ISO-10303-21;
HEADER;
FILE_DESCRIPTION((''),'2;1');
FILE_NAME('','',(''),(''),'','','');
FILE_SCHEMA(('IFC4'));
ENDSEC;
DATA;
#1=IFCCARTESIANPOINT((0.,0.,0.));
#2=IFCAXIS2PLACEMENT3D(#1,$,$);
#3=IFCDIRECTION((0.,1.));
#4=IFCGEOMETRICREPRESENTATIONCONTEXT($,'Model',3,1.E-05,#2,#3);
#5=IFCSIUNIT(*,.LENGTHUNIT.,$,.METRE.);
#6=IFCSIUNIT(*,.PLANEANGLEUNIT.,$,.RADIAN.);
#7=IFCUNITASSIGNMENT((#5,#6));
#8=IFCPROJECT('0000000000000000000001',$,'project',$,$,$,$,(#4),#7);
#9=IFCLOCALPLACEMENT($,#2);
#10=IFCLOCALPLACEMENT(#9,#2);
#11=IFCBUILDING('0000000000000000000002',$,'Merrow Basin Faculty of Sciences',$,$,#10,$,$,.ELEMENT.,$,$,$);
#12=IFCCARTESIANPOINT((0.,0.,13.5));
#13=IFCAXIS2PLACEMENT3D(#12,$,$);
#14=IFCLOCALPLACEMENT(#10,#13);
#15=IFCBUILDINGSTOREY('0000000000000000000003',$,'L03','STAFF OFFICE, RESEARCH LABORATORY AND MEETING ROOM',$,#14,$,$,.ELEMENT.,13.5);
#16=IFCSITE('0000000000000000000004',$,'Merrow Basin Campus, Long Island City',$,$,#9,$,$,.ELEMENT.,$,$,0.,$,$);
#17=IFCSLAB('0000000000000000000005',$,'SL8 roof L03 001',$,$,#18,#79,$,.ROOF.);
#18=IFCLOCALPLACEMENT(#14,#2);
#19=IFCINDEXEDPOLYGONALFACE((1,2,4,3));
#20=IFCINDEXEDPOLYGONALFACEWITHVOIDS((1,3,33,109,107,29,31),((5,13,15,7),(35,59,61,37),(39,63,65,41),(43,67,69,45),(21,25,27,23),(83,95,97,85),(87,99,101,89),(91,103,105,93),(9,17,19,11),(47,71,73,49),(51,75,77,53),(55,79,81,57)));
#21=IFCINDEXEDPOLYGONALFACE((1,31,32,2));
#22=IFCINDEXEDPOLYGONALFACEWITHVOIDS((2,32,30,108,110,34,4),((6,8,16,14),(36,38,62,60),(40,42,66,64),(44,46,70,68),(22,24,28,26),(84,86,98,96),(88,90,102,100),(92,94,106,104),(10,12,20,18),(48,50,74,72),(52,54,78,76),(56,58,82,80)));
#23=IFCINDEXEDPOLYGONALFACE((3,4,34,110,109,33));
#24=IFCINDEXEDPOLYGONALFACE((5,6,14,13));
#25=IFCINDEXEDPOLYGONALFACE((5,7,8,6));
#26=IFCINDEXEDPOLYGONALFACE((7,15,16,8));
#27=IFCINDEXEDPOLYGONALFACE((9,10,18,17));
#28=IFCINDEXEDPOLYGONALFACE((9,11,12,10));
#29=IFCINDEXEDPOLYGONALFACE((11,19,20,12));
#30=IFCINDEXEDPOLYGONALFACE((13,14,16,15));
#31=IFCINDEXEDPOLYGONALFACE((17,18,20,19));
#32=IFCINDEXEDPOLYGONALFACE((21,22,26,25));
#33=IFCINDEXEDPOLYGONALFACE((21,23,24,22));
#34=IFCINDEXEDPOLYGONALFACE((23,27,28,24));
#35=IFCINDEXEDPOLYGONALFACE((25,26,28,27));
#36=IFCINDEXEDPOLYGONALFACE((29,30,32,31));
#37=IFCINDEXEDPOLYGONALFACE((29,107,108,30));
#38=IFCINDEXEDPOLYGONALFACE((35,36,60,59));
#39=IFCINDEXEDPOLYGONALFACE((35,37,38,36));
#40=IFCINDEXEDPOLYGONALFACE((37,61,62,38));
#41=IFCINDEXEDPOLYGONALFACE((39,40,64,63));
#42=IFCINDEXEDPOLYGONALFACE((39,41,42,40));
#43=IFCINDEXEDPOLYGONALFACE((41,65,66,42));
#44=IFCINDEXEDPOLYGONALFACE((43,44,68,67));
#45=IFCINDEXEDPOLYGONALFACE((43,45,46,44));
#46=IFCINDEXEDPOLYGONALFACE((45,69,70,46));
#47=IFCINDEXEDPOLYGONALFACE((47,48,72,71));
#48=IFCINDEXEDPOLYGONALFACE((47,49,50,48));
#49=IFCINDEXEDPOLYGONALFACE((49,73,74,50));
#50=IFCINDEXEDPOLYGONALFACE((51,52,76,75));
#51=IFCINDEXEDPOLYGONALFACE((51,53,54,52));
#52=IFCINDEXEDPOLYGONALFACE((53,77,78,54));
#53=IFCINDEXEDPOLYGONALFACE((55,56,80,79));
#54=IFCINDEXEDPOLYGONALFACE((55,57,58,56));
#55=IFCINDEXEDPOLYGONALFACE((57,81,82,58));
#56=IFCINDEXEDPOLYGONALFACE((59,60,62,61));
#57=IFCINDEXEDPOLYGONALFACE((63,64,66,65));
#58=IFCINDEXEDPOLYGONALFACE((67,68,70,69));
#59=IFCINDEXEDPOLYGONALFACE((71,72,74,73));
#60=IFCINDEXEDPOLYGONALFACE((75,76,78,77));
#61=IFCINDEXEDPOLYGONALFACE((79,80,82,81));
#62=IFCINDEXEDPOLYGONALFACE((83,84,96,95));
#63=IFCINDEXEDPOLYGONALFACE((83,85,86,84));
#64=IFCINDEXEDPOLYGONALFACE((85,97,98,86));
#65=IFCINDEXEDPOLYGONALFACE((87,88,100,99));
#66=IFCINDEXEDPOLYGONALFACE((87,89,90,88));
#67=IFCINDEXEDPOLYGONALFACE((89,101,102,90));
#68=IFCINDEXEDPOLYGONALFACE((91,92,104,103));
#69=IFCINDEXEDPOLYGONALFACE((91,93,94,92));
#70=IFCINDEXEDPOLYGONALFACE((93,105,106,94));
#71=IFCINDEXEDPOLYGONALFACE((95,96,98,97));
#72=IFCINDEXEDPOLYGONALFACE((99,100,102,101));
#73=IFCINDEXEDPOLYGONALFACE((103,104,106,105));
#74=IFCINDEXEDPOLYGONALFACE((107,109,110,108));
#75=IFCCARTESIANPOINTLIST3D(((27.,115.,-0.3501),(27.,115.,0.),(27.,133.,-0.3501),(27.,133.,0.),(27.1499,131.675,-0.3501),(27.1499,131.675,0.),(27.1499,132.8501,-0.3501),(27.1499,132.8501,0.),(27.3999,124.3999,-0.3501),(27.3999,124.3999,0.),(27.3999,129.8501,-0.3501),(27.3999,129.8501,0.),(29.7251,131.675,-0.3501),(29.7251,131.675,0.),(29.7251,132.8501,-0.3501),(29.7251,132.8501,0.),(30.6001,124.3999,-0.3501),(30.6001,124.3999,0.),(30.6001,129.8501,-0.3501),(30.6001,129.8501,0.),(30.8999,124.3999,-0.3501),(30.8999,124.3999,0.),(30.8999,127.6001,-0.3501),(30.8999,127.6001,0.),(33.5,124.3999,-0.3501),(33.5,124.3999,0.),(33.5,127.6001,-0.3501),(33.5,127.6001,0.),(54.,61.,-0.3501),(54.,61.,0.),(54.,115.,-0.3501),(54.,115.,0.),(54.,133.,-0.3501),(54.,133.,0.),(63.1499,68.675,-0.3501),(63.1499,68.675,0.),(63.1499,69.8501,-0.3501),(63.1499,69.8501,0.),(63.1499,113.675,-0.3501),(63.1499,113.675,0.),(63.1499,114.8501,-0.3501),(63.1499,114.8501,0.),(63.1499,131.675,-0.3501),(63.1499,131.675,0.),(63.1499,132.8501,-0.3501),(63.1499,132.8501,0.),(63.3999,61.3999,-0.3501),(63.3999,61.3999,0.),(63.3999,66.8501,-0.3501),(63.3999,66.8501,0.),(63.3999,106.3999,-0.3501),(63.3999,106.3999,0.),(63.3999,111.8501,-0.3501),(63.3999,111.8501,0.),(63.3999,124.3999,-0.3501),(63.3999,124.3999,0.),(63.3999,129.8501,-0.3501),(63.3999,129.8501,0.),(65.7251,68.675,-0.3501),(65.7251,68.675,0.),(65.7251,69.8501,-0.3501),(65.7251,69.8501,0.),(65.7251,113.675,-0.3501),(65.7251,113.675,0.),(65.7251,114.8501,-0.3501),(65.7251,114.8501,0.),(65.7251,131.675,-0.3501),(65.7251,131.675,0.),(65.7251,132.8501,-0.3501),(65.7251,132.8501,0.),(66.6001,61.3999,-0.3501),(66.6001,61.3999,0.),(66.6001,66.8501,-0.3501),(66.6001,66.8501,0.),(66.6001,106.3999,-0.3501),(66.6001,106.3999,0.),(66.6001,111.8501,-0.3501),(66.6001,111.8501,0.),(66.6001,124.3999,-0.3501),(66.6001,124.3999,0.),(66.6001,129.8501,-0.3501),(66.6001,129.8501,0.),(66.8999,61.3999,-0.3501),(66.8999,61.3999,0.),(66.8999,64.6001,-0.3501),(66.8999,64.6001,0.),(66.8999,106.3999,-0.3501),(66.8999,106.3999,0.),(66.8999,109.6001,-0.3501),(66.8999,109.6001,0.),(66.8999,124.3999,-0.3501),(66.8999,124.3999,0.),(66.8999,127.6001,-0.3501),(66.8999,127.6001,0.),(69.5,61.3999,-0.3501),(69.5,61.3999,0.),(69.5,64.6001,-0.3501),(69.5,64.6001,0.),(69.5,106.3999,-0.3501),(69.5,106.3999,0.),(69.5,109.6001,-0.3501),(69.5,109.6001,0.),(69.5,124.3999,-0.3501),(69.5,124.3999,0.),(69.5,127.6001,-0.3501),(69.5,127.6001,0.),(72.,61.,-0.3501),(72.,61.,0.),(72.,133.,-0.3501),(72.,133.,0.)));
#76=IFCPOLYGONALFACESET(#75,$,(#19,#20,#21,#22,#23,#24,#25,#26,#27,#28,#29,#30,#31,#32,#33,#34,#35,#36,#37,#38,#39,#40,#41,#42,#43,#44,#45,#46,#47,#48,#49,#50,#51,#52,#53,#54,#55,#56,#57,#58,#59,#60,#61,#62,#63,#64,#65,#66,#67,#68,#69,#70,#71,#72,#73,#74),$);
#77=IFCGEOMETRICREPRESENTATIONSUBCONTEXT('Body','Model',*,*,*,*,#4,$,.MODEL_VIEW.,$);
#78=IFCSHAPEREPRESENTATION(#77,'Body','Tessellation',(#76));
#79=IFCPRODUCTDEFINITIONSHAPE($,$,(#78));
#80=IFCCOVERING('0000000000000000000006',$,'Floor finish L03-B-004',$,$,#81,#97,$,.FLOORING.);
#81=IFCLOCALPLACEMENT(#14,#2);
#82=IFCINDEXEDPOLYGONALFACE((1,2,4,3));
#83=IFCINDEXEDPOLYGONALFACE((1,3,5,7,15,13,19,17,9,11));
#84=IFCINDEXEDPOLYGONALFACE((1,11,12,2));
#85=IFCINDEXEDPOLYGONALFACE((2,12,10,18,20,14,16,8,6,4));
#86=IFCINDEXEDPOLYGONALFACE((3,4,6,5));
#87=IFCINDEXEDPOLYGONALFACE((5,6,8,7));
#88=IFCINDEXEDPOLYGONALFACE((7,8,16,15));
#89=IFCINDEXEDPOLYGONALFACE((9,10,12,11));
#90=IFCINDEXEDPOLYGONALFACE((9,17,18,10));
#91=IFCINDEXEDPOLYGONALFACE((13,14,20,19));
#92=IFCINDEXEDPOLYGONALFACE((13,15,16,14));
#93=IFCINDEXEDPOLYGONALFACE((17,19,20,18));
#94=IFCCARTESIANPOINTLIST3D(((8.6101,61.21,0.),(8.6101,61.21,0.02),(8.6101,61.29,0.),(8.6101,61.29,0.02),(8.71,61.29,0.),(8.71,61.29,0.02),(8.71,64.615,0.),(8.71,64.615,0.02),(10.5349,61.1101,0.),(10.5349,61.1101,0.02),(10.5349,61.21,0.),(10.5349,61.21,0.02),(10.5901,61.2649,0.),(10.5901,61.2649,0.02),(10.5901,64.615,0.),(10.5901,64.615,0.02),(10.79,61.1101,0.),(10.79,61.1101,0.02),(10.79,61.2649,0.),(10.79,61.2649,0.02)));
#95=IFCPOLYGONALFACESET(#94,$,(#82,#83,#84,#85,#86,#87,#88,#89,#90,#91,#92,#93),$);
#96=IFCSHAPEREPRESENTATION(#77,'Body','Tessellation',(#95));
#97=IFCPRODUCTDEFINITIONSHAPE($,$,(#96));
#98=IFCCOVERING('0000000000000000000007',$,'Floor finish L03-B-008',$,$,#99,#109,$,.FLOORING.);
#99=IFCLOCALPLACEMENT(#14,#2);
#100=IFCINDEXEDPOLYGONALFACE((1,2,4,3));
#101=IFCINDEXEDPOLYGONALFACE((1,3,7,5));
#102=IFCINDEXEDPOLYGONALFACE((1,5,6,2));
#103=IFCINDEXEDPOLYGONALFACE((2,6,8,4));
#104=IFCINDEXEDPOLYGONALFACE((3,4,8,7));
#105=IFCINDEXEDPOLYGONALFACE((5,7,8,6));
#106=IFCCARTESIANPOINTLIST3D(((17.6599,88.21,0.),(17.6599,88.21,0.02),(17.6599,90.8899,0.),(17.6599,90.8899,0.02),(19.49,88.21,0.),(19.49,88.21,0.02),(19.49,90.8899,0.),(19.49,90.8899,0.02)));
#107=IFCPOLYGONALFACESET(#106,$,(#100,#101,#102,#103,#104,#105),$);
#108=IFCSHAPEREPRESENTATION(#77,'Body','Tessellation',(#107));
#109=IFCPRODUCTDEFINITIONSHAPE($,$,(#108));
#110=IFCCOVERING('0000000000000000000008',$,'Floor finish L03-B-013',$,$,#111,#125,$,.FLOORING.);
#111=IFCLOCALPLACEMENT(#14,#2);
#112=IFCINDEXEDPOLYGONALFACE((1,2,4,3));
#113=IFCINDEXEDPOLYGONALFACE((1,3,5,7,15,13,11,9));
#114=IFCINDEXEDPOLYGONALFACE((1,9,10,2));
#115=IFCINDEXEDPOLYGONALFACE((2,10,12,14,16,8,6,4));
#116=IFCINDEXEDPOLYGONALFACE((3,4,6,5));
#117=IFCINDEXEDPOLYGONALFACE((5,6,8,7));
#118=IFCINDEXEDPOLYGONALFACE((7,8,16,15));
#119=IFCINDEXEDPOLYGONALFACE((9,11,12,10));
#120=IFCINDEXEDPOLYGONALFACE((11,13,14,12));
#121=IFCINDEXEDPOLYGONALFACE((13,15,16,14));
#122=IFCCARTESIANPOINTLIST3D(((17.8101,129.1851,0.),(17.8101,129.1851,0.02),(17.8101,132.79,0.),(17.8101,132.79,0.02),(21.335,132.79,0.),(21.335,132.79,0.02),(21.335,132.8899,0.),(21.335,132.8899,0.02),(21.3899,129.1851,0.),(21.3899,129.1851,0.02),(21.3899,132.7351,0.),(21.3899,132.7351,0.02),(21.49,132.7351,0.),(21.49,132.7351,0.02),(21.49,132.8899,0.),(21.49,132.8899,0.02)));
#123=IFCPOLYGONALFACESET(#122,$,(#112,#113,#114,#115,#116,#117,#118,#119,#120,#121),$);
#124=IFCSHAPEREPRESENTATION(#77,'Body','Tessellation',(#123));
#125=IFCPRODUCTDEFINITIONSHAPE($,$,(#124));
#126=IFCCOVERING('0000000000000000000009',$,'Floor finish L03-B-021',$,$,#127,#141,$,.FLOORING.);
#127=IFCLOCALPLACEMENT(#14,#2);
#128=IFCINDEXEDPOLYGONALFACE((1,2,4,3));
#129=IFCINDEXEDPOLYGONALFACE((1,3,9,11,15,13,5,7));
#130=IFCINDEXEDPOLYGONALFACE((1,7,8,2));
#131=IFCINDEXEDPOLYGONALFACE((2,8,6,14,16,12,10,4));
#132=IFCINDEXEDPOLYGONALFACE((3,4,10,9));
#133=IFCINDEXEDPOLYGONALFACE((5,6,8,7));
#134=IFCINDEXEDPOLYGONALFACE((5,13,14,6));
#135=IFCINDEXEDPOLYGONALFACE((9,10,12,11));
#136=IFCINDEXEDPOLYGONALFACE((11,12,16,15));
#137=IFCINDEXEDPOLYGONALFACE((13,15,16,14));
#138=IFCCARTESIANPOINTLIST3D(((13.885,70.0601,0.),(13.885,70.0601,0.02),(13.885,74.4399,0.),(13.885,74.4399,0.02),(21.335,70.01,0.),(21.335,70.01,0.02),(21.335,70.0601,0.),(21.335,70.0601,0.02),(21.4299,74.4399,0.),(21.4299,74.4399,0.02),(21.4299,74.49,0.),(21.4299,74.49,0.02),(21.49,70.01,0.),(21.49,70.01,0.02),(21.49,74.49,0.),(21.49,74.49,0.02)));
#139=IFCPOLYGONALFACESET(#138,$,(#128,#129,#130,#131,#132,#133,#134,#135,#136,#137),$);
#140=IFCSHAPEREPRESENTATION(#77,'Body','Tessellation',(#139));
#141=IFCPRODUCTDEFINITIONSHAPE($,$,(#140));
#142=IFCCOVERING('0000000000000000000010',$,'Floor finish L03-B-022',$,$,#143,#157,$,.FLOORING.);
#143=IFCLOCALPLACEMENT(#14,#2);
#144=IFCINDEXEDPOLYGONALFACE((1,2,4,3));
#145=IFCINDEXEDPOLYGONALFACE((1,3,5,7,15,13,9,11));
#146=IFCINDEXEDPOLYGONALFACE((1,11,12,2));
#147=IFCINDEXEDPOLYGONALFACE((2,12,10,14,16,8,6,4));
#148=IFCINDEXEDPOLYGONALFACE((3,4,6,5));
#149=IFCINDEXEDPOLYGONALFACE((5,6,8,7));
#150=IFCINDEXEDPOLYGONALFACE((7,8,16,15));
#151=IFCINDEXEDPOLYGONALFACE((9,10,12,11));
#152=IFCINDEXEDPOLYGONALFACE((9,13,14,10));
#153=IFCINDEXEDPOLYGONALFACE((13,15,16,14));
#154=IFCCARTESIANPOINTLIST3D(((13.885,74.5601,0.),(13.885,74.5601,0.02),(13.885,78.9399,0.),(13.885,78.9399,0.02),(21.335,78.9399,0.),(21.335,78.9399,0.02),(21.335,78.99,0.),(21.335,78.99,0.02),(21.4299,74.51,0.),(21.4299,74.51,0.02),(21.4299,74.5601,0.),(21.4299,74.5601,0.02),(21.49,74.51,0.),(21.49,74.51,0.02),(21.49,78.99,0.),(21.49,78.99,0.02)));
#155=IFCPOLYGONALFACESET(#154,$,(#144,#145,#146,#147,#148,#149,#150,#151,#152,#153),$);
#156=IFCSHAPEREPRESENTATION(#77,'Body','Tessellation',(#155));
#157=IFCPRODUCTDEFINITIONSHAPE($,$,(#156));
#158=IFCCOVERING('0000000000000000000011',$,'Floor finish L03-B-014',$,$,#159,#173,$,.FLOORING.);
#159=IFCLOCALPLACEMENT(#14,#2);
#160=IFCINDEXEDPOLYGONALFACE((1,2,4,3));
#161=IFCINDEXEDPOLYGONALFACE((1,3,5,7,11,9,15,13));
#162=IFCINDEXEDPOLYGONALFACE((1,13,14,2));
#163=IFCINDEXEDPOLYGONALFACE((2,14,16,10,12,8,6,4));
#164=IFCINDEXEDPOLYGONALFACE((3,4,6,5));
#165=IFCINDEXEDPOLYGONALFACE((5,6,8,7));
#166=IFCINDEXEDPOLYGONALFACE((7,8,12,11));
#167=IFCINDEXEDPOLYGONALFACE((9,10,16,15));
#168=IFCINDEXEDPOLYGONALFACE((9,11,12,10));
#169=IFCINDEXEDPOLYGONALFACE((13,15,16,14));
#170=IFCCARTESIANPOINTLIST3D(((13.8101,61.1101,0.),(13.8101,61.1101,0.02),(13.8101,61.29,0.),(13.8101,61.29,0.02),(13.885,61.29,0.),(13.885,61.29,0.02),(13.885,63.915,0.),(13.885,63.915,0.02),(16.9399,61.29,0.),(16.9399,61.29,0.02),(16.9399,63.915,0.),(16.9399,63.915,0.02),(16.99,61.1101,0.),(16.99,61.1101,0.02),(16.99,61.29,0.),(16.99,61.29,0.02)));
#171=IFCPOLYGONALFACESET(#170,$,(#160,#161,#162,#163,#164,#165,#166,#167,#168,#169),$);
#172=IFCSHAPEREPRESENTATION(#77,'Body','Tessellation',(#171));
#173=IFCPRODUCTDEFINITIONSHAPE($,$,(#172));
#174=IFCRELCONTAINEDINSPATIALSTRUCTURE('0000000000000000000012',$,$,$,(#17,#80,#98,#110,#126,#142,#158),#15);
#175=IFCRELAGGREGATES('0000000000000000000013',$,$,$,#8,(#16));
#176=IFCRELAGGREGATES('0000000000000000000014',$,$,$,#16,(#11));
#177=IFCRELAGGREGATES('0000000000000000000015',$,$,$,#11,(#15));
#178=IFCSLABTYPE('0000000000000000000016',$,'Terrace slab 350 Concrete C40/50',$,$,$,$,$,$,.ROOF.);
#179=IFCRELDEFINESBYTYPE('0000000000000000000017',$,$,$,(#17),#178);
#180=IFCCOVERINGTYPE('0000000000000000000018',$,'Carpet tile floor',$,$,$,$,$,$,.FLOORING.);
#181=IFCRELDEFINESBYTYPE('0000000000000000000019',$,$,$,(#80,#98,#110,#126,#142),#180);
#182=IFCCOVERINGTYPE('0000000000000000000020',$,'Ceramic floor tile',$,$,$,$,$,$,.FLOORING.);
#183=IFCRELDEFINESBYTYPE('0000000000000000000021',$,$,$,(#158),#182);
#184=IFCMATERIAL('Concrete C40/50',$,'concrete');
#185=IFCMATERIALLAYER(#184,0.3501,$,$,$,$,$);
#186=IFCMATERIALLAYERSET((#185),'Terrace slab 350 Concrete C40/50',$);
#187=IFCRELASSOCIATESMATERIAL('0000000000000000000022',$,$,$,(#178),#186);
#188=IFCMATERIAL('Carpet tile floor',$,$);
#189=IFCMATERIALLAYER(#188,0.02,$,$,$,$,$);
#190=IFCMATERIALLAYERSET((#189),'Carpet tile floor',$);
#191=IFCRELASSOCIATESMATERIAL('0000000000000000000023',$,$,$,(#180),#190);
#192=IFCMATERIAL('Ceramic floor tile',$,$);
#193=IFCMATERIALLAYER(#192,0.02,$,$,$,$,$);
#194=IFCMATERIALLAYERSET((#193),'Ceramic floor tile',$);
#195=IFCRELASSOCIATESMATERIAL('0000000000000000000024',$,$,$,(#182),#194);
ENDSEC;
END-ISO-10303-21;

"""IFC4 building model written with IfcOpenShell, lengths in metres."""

from ifc_helpers import new_model, si_unit, direction, frame, origin, place, context, subcontext, project, spatial, polyline, outline, extrude, material, layer, layer_set, type_object, element, save


model = new_model("IFC4")

# Units and contexts
model_context = context("Model", 3, precision=1e-05, world=origin(), true_north=direction((0.0, 1.0)))
body_context = subcontext(model_context, "Body", "Model", "MODEL_VIEW")
ifc_project = project(units=[si_unit("LENGTHUNIT", "METRE"), si_unit("PLANEANGLEUNIT", "RADIAN")], contexts=[model_context])

# Site, building, storey
site_placement = place(None, origin())
site = spatial("IfcSite", under=ifc_project, at=site_placement, Name="Merrow Basin Campus, Long Island City", CompositionType="ELEMENT", RefElevation=0.0)
building_placement = place(site_placement, origin())
building = spatial("IfcBuilding", under=site, at=building_placement, Name="Merrow Basin Faculty of Sciences", CompositionType="ELEMENT")
storey_placement = place(building_placement, frame((0.0, 0.0, 13.5)))
storey = spatial("IfcBuildingStorey", under=building, at=storey_placement, Name="L03", Description="STAFF OFFICE, RESEARCH LABORATORY AND MEETING ROOM", CompositionType="ELEMENT", Elevation=13.5)

# Slab
ifc_material_1 = material(Name="Concrete C40/50", Category="concrete")
ifc_layer_1 = layer(ifc_material_1, 0.3501)
ifc_layer_set_1 = layer_set([ifc_layer_1], Name="Terrace slab 350 Concrete C40/50")
slab_type_1 = type_object("IfcSlabType", Name="Terrace slab 350 Concrete C40/50", PredefinedType="ROOF", material=ifc_layer_set_1)
slab_1_placement = place(storey_placement, frame((0.0, 0.0, -0.3501)))
element("IfcSlab", 1, at=slab_1_placement, inside=storey, type_object=slab_type_1, Name="SL8 roof L03 001", PredefinedType="ROOF", context=body_context, shape_type="SweptSolid", body=[
    extrude(outline(polyline([(54.0, 115.0), (27.0, 115.0), (27.0, 133.0), (54.0, 133.0), (72.0, 133.0), (72.0, 61.0), (54.0, 61.0), (54.0, 115.0)]), holes=[polyline([(66.8999, 106.3999), (69.5, 106.3999), (69.5, 109.6001), (66.8999, 109.6001), (66.8999, 106.3999)]), polyline([(66.8999, 124.3999), (69.5, 124.3999), (69.5, 127.6001), (66.8999, 127.6001), (66.8999, 124.3999)]), polyline([(69.5, 61.3999), (69.5, 64.6001), (66.8999, 64.6001), (66.8999, 61.3999), (69.5, 61.3999)]), polyline([(63.3999, 61.3999), (66.6001, 61.3999), (66.6001, 66.8501), (63.3999, 66.8501), (63.3999, 61.3999)]), polyline([(63.3999, 124.3999), (66.6001, 124.3999), (66.6001, 129.8501), (63.3999, 129.8501), (63.3999, 124.3999)]), polyline([(66.6001, 106.3999), (66.6001, 111.8501), (63.3999, 111.8501), (63.3999, 106.3999), (66.6001, 106.3999)]), polyline([(63.1499, 113.675), (65.7251, 113.675), (65.7251, 114.8501), (63.1499, 114.8501), (63.1499, 113.675)]), polyline([(63.1499, 131.675), (65.7251, 131.675), (65.7251, 132.8501), (63.1499, 132.8501), (63.1499, 131.675)]), polyline([(65.7251, 68.675), (65.7251, 69.8501), (63.1499, 69.8501), (63.1499, 68.675), (65.7251, 68.675)]), polyline([(30.8999, 124.3999), (33.5, 124.3999), (33.5, 127.6001), (30.8999, 127.6001), (30.8999, 124.3999)]), polyline([(30.6001, 124.3999), (30.6001, 129.8501), (27.3999, 129.8501), (27.3999, 124.3999), (30.6001, 124.3999)]), polyline([(27.1499, 131.675), (29.7251, 131.675), (29.7251, 132.8501), (27.1499, 132.8501), (27.1499, 131.675)])]), origin(), (0.0, 0.0, 1.0), 0.3501),
])

# Coverings
ifc_material_2 = material(Name="Carpet tile floor")
ifc_layer_2 = layer(ifc_material_2, 0.02)
ifc_layer_set_2 = layer_set([ifc_layer_2], Name="Carpet tile floor")
covering_type_1 = type_object("IfcCoveringType", Name="Carpet tile floor", PredefinedType="FLOORING", material=ifc_layer_set_2)
covering_1_placement = place(storey_placement, origin())
element("IfcCovering", 2, at=covering_1_placement, inside=storey, type_object=covering_type_1, Name="Floor finish L03-B-004", PredefinedType="FLOORING", context=body_context, shape_type="SweptSolid", body=[
    extrude(outline(polyline([(10.5901, 64.615), (10.5901, 61.2649), (10.79, 61.2649), (10.79, 61.1101), (10.5349, 61.1101), (10.5349, 61.21), (8.6101, 61.21), (8.6101, 61.29), (8.71, 61.29), (8.71, 64.615), (10.5901, 64.615)])), origin(), (0.0, 0.0, 1.0), 0.02),
])
covering_2_placement = place(storey_placement, origin())
element("IfcCovering", 3, at=covering_2_placement, inside=storey, type_object=covering_type_1, Name="Floor finish L03-B-008", PredefinedType="FLOORING", context=body_context, shape_type="SweptSolid", body=[
    extrude(outline(polyline([(19.49, 88.21), (17.6599, 88.21), (17.6599, 90.8899), (19.49, 90.8899), (19.49, 88.21)])), origin(), (0.0, 0.0, 1.0), 0.02),
])
covering_3_placement = place(storey_placement, origin())
element("IfcCovering", 4, at=covering_3_placement, inside=storey, type_object=covering_type_1, Name="Floor finish L03-B-013", PredefinedType="FLOORING", context=body_context, shape_type="SweptSolid", body=[
    extrude(outline(polyline([(21.3899, 129.1851), (17.8101, 129.1851), (17.8101, 132.79), (21.335, 132.79), (21.335, 132.8899), (21.49, 132.8899), (21.49, 132.7351), (21.3899, 132.7351), (21.3899, 129.1851)])), origin(), (0.0, 0.0, 1.0), 0.02),
])
covering_4_placement = place(storey_placement, origin())
element("IfcCovering", 5, at=covering_4_placement, inside=storey, type_object=covering_type_1, Name="Floor finish L03-B-021", PredefinedType="FLOORING", context=body_context, shape_type="SweptSolid", body=[
    extrude(outline(polyline([(21.49, 74.49), (21.49, 70.01), (21.335, 70.01), (21.335, 70.0601), (13.885, 70.0601), (13.885, 74.4399), (21.4299, 74.4399), (21.4299, 74.49), (21.49, 74.49)])), origin(), (0.0, 0.0, 1.0), 0.02),
])
covering_5_placement = place(storey_placement, origin())
element("IfcCovering", 6, at=covering_5_placement, inside=storey, type_object=covering_type_1, Name="Floor finish L03-B-022", PredefinedType="FLOORING", context=body_context, shape_type="SweptSolid", body=[
    extrude(outline(polyline([(21.49, 78.99), (21.49, 74.51), (21.4299, 74.51), (21.4299, 74.5601), (13.885, 74.5601), (13.885, 78.9399), (21.335, 78.9399), (21.335, 78.99), (21.49, 78.99)])), origin(), (0.0, 0.0, 1.0), 0.02),
])
ifc_material_3 = material(Name="Ceramic floor tile")
ifc_layer_3 = layer(ifc_material_3, 0.02)
ifc_layer_set_3 = layer_set([ifc_layer_3], Name="Ceramic floor tile")
covering_type_2 = type_object("IfcCoveringType", Name="Ceramic floor tile", PredefinedType="FLOORING", material=ifc_layer_set_3)
covering_6_placement = place(storey_placement, origin())
element("IfcCovering", 7, at=covering_6_placement, inside=storey, type_object=covering_type_2, Name="Floor finish L03-B-014", PredefinedType="FLOORING", context=body_context, shape_type="SweptSolid", body=[
    extrude(outline(polyline([(16.99, 61.1101), (13.8101, 61.1101), (13.8101, 61.29), (13.885, 61.29), (13.885, 63.915), (16.9399, 63.915), (16.9399, 61.29), (16.99, 61.29), (16.99, 61.1101)])), origin(), (0.0, 0.0, 1.0), 0.02),
])

save(model, "model.ifc")
